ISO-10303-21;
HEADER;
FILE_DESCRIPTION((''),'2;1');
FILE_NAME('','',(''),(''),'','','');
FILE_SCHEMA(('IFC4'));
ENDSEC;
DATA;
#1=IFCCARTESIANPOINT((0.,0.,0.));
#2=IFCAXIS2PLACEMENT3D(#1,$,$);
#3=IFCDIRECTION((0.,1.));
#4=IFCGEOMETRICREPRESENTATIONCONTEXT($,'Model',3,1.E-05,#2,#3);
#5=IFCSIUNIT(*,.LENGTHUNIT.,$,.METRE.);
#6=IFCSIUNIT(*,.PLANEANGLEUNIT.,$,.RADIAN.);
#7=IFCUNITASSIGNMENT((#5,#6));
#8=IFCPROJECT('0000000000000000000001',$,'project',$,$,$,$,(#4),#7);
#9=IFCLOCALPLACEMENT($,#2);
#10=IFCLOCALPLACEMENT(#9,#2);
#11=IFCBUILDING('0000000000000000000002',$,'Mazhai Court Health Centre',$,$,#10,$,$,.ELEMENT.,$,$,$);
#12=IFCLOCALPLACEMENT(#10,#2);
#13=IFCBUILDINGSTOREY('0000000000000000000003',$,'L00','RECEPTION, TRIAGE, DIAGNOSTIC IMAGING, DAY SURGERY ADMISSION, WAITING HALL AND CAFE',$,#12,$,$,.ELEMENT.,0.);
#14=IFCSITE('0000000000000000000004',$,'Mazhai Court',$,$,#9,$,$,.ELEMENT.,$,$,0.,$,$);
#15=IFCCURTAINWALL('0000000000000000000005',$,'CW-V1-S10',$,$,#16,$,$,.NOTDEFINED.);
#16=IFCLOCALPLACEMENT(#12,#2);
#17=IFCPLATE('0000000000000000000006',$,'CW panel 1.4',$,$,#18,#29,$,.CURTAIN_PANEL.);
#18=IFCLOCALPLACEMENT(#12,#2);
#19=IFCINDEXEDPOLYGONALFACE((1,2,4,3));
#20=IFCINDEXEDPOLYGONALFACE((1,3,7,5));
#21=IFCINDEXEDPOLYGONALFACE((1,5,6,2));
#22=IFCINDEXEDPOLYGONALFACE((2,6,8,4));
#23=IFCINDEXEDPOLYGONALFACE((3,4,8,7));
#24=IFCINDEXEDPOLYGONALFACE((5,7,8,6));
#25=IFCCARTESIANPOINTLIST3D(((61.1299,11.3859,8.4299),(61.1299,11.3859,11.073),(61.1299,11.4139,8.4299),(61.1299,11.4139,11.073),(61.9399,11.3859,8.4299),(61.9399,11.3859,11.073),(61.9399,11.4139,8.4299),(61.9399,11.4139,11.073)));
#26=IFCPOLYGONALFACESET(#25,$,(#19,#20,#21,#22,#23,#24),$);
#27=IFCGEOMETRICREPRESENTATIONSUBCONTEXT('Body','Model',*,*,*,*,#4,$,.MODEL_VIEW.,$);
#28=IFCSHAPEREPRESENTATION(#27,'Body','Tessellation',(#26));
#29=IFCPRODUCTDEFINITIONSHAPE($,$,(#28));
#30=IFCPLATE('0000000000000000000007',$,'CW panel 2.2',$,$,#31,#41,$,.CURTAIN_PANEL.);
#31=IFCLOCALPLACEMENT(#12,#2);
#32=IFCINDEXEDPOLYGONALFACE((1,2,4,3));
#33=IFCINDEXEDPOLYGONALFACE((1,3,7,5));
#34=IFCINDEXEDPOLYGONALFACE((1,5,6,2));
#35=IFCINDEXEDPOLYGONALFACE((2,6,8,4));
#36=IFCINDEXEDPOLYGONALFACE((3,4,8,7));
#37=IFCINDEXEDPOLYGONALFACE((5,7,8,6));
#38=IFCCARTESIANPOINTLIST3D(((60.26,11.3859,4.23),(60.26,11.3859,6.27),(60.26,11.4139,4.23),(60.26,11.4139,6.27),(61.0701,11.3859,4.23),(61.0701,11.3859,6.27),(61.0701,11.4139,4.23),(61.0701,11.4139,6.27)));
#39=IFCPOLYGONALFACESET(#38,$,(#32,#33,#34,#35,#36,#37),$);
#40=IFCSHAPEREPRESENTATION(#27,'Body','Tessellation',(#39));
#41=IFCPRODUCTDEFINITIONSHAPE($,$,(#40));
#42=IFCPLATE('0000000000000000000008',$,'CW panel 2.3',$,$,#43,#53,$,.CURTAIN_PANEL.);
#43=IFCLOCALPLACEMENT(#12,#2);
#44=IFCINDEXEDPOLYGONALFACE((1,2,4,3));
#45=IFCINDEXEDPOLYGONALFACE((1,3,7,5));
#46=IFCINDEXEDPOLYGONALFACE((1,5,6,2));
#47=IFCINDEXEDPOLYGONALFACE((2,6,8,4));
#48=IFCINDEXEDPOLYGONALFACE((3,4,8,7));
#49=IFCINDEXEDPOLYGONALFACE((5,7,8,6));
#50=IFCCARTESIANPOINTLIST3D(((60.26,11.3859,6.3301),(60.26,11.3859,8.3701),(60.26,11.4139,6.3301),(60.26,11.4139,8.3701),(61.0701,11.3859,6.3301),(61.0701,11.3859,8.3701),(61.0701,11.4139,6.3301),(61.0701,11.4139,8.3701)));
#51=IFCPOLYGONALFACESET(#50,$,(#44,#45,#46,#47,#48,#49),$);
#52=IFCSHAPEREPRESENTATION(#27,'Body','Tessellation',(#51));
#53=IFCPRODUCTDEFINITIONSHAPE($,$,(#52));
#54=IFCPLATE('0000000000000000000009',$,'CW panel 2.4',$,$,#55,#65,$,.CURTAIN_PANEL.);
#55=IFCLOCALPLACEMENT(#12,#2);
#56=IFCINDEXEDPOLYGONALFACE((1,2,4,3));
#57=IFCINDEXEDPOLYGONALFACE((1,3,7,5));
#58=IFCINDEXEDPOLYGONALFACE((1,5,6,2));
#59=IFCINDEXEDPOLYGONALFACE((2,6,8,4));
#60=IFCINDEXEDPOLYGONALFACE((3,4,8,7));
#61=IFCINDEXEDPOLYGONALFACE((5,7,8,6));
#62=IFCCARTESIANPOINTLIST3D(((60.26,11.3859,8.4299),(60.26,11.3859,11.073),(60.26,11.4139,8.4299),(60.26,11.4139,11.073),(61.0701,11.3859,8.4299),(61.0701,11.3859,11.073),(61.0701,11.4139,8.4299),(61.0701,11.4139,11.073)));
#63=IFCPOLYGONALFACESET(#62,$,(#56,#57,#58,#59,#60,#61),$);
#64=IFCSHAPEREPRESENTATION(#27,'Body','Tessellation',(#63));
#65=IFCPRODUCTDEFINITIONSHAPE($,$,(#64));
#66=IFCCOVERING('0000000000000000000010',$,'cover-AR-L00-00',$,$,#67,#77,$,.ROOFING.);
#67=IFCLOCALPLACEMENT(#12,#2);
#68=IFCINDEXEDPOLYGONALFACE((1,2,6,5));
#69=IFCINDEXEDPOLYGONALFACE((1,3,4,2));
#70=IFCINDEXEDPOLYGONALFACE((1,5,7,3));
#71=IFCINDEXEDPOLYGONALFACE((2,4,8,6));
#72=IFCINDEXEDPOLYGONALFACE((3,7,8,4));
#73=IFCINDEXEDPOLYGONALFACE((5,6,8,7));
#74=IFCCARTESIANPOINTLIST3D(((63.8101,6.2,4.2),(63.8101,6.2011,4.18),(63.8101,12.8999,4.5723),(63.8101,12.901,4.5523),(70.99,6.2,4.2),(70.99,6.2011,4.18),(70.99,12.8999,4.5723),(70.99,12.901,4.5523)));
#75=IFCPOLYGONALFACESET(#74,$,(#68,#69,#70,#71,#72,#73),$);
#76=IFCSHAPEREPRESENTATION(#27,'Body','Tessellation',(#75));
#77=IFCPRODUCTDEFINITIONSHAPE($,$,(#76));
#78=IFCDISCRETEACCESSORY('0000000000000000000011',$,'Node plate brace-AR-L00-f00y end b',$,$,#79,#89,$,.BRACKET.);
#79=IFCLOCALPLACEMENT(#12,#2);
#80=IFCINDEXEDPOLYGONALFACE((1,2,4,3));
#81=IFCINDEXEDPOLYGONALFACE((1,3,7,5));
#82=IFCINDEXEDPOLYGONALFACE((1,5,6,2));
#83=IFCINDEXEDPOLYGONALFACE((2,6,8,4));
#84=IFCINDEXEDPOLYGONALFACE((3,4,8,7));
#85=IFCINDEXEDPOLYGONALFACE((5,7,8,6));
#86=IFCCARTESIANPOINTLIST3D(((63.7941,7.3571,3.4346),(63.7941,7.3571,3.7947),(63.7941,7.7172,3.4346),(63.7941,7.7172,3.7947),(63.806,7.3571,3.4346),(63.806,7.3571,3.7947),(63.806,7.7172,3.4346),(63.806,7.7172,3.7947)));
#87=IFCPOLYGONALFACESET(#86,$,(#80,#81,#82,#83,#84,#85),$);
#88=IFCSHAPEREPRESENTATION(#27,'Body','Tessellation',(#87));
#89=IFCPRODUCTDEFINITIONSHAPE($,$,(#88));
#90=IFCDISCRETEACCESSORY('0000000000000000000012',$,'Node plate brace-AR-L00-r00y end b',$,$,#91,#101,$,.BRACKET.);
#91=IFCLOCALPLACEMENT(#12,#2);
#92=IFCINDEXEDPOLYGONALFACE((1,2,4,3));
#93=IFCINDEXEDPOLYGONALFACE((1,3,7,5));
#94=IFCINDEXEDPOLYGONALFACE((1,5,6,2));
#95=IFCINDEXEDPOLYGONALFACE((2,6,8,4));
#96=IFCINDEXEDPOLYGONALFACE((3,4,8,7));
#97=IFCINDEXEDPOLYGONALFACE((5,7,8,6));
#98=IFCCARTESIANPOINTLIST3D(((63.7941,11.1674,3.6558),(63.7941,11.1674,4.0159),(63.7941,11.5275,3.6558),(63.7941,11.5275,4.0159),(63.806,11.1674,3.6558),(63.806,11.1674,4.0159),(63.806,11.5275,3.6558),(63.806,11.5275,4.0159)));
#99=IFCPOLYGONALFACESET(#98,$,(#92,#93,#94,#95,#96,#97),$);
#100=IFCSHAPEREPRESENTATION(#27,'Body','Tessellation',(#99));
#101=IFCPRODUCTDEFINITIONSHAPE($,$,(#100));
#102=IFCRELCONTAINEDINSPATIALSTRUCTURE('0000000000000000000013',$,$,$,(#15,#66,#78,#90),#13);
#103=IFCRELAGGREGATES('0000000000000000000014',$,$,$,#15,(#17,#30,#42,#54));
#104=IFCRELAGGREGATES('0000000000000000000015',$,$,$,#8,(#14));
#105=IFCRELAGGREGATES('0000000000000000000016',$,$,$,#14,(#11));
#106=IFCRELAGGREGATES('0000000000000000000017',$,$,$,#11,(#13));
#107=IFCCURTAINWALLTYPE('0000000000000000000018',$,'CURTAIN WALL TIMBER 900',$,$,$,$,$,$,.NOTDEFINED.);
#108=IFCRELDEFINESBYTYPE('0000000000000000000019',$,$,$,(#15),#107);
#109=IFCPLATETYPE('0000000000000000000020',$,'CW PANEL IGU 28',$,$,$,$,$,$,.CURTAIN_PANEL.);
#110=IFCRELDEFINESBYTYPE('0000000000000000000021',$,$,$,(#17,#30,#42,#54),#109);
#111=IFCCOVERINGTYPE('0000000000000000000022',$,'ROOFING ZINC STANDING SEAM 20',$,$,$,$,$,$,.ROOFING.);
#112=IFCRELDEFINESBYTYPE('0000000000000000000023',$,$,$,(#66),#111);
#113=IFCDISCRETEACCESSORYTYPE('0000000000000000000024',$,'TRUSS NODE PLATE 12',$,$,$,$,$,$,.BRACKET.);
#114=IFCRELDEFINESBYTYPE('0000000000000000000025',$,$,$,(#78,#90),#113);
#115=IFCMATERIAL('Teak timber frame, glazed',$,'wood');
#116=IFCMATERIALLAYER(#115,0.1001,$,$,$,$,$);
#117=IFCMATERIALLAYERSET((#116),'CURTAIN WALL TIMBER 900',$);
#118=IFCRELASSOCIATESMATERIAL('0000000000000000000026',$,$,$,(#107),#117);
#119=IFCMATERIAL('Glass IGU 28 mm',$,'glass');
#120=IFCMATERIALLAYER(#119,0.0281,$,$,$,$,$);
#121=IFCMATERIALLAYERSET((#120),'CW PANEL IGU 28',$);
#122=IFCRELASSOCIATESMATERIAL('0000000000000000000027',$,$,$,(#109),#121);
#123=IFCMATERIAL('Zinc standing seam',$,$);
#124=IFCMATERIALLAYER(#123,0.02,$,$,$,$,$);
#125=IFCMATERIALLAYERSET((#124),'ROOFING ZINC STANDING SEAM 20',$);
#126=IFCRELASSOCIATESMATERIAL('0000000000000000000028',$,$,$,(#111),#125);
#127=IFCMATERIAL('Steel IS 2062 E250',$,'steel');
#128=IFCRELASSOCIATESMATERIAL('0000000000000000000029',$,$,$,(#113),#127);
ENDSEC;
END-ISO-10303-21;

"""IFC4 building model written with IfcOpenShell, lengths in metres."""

from ifc_helpers import new_model, si_unit, direction, frame, origin, origin_2d, place, context, subcontext, project, spatial, polyline, rectangle, outline, extrude, material, layer, layer_set, type_object, element, aggregate, save


model = new_model("IFC4")

# Units and contexts
model_context = context("Model", 3, precision=1e-05, world=origin(), true_north=direction((0.0, 1.0)))
body_context = subcontext(model_context, "Body", "Model", "MODEL_VIEW")
ifc_project = project(units=[si_unit("LENGTHUNIT", "METRE"), si_unit("PLANEANGLEUNIT", "RADIAN")], contexts=[model_context])

# Site, building, storey
site_placement = place(None, origin())
site = spatial("IfcSite", under=ifc_project, at=site_placement, Name="Mazhai Court", CompositionType="ELEMENT", RefElevation=0.0)
building_placement = place(site_placement, origin())
building = spatial("IfcBuilding", under=site, at=building_placement, Name="Mazhai Court Health Centre", CompositionType="ELEMENT")
storey_placement = place(building_placement, origin())
storey = spatial("IfcBuildingStorey", under=building, at=storey_placement, Name="L00", Description="RECEPTION, TRIAGE, DIAGNOSTIC IMAGING, DAY SURGERY ADMISSION, WAITING HALL AND CAFE", CompositionType="ELEMENT", Elevation=0.0)

# Curtain wall
ifc_material_1 = material(Name="Teak timber frame, glazed", Category="wood")
ifc_layer_1 = layer(ifc_material_1, 0.1001)
ifc_layer_set_1 = layer_set([ifc_layer_1], Name="CURTAIN WALL TIMBER 900")
curtain_wall_type = type_object("IfcCurtainWallType", Name="CURTAIN WALL TIMBER 900", PredefinedType="NOTDEFINED", material=ifc_layer_set_1)
curtain_wall_placement = place(storey_placement, origin())
curtain_wall = element("IfcCurtainWall", 1, at=curtain_wall_placement, inside=storey, type_object=curtain_wall_type, Name="CW-V1-S10", PredefinedType="NOTDEFINED")

# Plates
ifc_material_2 = material(Name="Glass IGU 28 mm", Category="glass")
ifc_layer_2 = layer(ifc_material_2, 0.0281)
ifc_layer_set_2 = layer_set([ifc_layer_2], Name="CW PANEL IGU 28")
plate_type = type_object("IfcPlateType", Name="CW PANEL IGU 28", PredefinedType="CURTAIN_PANEL", material=ifc_layer_set_2)
plate_1_placement = place(storey_placement, frame((61.5349, 11.3999, 8.4299), z_axis=(0.0, 0.0, 1.0), x_axis=(-1.0, 0.0, 0.0)))
plate_1 = element("IfcPlate", 2, at=plate_1_placement, type_object=plate_type, Name="CW panel 1.4", PredefinedType="CURTAIN_PANEL", context=body_context, shape_type="SweptSolid", body=[
    extrude(rectangle(XDim=0.8101, YDim=0.0281, at=origin_2d()), origin(), (0.0, 0.0, 1.0), 2.6431),
])
plate_2_placement = place(storey_placement, frame((60.665, 11.3999, 4.23), z_axis=(0.0, 0.0, 1.0), x_axis=(-1.0, 0.0, 0.0)))
plate_2 = element("IfcPlate", 3, at=plate_2_placement, type_object=plate_type, Name="CW panel 2.2", PredefinedType="CURTAIN_PANEL", context=body_context, shape_type="SweptSolid", body=[
    extrude(rectangle(XDim=0.8101, YDim=0.0281, at=origin_2d()), origin(), (0.0, 0.0, 1.0), 2.04),
])
plate_3_placement = place(storey_placement, frame((60.665, 11.3999, 6.3301), z_axis=(0.0, 0.0, 1.0), x_axis=(-1.0, 0.0, 0.0)))
plate_3 = element("IfcPlate", 4, at=plate_3_placement, type_object=plate_type, Name="CW panel 2.3", PredefinedType="CURTAIN_PANEL", context=body_context, shape_type="SweptSolid", body=[
    extrude(rectangle(XDim=0.8101, YDim=0.0281, at=origin_2d()), origin(), (0.0, 0.0, 1.0), 2.04),
])
plate_4_placement = place(storey_placement, frame((60.665, 11.3999, 8.4299), z_axis=(0.0, 0.0, 1.0), x_axis=(-1.0, 0.0, 0.0)))
plate_4 = element("IfcPlate", 5, at=plate_4_placement, type_object=plate_type, Name="CW panel 2.4", PredefinedType="CURTAIN_PANEL", context=body_context, shape_type="SweptSolid", body=[
    extrude(rectangle(XDim=0.8101, YDim=0.0281, at=origin_2d()), origin(), (0.0, 0.0, 1.0), 2.6431),
])
aggregate(curtain_wall, [plate_1, plate_2, plate_3, plate_4])

# Covering
ifc_material_3 = material(Name="Zinc standing seam")
ifc_layer_3 = layer(ifc_material_3, 0.02)
ifc_layer_set_3 = layer_set([ifc_layer_3], Name="ROOFING ZINC STANDING SEAM 20")
covering_type = type_object("IfcCoveringType", Name="ROOFING ZINC STANDING SEAM 20", PredefinedType="ROOFING", material=ifc_layer_set_3)
covering_placement = place(storey_placement, frame((63.8101, 6.2, 4.2), z_axis=(0.0, -0.055484, 0.99846), x_axis=(1.0, 0.0, 0.0)))
element("IfcCovering", 6, at=covering_placement, inside=storey, type_object=covering_type, Name="cover-AR-L00-00", PredefinedType="ROOFING", context=body_context, shape_type="SweptSolid", body=[
    extrude(outline(polyline([(0.0, 0.0), (7.1799, 0.0), (7.1799, 6.7103), (0.0, 6.7103), (0.0, 0.0)])), origin(), (0.0, 0.0, -1.0), 0.02),
])

# Discrete accessories
ifc_material_4 = material(Name="Steel IS 2062 E250", Category="steel")
discrete_accessory_type = type_object("IfcDiscreteAccessoryType", Name="TRUSS NODE PLATE 12", PredefinedType="BRACKET", material=ifc_material_4)
for number, where, z_axis, x_axis, name in (
    (7, (63.8, 7.5371, 3.4346), (0.0, 0.0, 1.0), (1.0, 0.0, 0.0), "Node plate brace-AR-L00-f00y end b"),
    (8, (63.8, 11.3474, 3.6558), (0.0, 0.0, 1.0), (1.0, 0.0, 0.0), "Node plate brace-AR-L00-r00y end b"),
):
    element("IfcDiscreteAccessory", number, at=place(storey_placement, frame(where, z_axis=z_axis, x_axis=x_axis)), inside=storey, type_object=discrete_accessory_type, Name=name, PredefinedType="BRACKET", context=body_context, shape_type="SweptSolid", body=[
        extrude(rectangle(XDim=0.012, YDim=0.3601, at=origin_2d()), origin(), (0.0, 0.0, 1.0), 0.3601),
    ])

save(model, "model.ifc")
